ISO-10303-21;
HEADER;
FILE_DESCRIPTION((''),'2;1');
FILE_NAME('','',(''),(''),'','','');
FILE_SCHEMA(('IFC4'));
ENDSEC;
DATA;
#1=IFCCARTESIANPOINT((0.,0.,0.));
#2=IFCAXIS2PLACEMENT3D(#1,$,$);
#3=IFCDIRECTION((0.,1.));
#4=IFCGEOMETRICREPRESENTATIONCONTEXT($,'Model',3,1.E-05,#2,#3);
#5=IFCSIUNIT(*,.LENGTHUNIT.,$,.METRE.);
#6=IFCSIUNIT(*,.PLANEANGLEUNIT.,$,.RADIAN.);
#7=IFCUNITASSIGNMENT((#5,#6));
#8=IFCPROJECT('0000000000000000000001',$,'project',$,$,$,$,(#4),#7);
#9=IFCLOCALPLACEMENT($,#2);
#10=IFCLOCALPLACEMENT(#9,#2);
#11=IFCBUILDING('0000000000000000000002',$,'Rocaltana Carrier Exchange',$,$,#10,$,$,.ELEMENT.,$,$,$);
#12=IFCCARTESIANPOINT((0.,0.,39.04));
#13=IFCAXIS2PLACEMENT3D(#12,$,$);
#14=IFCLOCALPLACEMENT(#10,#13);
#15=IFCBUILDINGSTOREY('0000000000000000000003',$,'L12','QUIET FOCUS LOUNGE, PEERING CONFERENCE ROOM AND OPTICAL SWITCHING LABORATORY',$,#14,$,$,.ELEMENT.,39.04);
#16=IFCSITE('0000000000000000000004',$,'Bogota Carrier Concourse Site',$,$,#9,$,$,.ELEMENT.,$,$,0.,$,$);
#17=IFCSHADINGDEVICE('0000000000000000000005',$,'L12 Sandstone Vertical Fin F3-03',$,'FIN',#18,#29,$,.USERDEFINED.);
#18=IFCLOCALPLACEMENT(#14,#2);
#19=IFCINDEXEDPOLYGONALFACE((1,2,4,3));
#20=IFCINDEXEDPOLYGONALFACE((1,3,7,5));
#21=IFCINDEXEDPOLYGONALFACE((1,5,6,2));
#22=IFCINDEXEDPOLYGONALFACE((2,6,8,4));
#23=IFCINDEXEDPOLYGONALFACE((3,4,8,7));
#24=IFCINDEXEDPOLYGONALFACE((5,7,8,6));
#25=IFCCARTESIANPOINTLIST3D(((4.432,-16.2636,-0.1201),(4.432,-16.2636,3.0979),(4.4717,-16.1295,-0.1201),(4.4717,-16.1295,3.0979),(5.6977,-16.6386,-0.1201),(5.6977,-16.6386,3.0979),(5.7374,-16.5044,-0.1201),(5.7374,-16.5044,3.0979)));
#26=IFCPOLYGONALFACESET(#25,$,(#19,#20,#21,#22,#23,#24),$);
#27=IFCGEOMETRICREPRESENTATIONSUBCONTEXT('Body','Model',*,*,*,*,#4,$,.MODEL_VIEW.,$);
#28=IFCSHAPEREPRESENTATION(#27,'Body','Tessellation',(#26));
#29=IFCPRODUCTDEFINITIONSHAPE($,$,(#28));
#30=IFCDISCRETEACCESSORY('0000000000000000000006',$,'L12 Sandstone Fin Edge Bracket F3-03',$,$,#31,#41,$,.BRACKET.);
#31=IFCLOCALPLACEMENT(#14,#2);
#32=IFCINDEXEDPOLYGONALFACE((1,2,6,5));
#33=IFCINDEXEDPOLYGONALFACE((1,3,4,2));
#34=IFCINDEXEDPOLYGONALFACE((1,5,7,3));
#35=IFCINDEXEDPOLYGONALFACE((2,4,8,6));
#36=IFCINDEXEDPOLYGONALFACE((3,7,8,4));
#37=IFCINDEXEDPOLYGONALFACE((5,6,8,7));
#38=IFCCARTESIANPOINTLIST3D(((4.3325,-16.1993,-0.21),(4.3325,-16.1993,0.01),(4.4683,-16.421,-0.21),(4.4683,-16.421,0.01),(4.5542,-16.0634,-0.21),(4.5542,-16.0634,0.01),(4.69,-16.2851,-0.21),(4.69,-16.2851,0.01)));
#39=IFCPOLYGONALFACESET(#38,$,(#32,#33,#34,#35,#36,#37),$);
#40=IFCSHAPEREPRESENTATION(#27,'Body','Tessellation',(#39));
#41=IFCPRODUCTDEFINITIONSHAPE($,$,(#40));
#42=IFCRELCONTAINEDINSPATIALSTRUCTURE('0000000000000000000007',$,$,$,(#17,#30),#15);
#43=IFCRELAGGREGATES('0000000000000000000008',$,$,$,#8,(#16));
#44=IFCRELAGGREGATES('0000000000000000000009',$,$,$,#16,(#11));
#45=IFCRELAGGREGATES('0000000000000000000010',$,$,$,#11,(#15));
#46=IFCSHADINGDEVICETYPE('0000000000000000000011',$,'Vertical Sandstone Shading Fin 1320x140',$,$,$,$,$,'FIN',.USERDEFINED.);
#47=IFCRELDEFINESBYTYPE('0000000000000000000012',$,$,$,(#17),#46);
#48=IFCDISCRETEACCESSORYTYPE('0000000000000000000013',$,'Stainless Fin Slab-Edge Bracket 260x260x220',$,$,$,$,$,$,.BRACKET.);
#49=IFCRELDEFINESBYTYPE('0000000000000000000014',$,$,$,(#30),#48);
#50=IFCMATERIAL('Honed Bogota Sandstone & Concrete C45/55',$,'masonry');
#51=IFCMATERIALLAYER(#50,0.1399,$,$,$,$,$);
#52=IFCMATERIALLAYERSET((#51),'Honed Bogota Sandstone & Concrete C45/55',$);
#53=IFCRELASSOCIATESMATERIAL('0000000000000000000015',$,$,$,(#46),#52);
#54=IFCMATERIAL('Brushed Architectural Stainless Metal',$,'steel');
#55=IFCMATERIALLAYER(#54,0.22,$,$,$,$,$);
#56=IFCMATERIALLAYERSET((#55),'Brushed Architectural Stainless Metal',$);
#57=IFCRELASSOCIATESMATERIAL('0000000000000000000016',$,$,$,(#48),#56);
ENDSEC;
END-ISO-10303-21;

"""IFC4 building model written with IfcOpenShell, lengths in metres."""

from ifc_helpers import new_model, si_unit, direction, frame, origin, origin_2d, place, context, subcontext, project, spatial, rectangle, extrude, material, layer, layer_set, type_object, element, save


model = new_model("IFC4")

# Units and contexts
model_context = context("Model", 3, precision=1e-05, world=origin(), true_north=direction((0.0, 1.0)))
body_context = subcontext(model_context, "Body", "Model", "MODEL_VIEW")
ifc_project = project(units=[si_unit("LENGTHUNIT", "METRE"), si_unit("PLANEANGLEUNIT", "RADIAN")], contexts=[model_context])

# Site, building, storey
site_placement = place(None, origin())
site = spatial("IfcSite", under=ifc_project, at=site_placement, Name="Bogota Carrier Concourse Site", CompositionType="ELEMENT", RefElevation=0.0)
building_placement = place(site_placement, origin())
building = spatial("IfcBuilding", under=site, at=building_placement, Name="Rocaltana Carrier Exchange", CompositionType="ELEMENT")
storey_placement = place(building_placement, frame((0.0, 0.0, 39.04)))
storey = spatial("IfcBuildingStorey", under=building, at=storey_placement, Name="L12", Description="QUIET FOCUS LOUNGE, PEERING CONFERENCE ROOM AND OPTICAL SWITCHING LABORATORY", CompositionType="ELEMENT", Elevation=39.04)

# Shading device
ifc_material_1 = material(Name="Honed Bogota Sandstone & Concrete C45/55", Category="masonry")
ifc_layer_1 = layer(ifc_material_1, 0.1399)
ifc_layer_set_1 = layer_set([ifc_layer_1], Name="Honed Bogota Sandstone & Concrete C45/55")
shading_device_type = type_object("IfcShadingDeviceType", Name="Vertical Sandstone Shading Fin 1320x140", ElementType="FIN", PredefinedType="USERDEFINED", material=ifc_layer_set_1)
shading_device_placement = place(storey_placement, frame((5.0847, -16.384, -0.1201), z_axis=(0.0, 0.0, 1.0), x_axis=(0.95882, -0.284015, 0.0)))
element("IfcShadingDevice", 1, at=shading_device_placement, inside=storey, type_object=shading_device_type, Name="L12 Sandstone Vertical Fin F3-03", ObjectType="FIN", PredefinedType="USERDEFINED", context=body_context, shape_type="SweptSolid", body=[
    extrude(rectangle(XDim=1.3201, YDim=0.1399, at=origin_2d()), origin(), (0.0, 0.0, 1.0), 3.218),
])

# Discrete accessory
ifc_material_2 = material(Name="Brushed Architectural Stainless Metal", Category="steel")
ifc_layer_2 = layer(ifc_material_2, 0.22)
ifc_layer_set_2 = layer_set([ifc_layer_2], Name="Brushed Architectural Stainless Metal")
discrete_accessory_type = type_object("IfcDiscreteAccessoryType", Name="Stainless Fin Slab-Edge Bracket 260x260x220", PredefinedType="BRACKET", material=ifc_layer_set_2)
discrete_accessory_placement = place(storey_placement, frame((4.5112, -16.2422, -0.21), z_axis=(0.0, 0.0, 1.0), x_axis=(0.85264, 0.522499, 0.0)))
element("IfcDiscreteAccessory", 2, at=discrete_accessory_placement, inside=storey, type_object=discrete_accessory_type, Name="L12 Sandstone Fin Edge Bracket F3-03", PredefinedType="BRACKET", context=body_context, shape_type="SweptSolid", body=[
    extrude(rectangle(XDim=0.26, YDim=0.26, at=origin_2d()), origin(), (0.0, 0.0, 1.0), 0.22),
])

save(model, "model.ifc")
